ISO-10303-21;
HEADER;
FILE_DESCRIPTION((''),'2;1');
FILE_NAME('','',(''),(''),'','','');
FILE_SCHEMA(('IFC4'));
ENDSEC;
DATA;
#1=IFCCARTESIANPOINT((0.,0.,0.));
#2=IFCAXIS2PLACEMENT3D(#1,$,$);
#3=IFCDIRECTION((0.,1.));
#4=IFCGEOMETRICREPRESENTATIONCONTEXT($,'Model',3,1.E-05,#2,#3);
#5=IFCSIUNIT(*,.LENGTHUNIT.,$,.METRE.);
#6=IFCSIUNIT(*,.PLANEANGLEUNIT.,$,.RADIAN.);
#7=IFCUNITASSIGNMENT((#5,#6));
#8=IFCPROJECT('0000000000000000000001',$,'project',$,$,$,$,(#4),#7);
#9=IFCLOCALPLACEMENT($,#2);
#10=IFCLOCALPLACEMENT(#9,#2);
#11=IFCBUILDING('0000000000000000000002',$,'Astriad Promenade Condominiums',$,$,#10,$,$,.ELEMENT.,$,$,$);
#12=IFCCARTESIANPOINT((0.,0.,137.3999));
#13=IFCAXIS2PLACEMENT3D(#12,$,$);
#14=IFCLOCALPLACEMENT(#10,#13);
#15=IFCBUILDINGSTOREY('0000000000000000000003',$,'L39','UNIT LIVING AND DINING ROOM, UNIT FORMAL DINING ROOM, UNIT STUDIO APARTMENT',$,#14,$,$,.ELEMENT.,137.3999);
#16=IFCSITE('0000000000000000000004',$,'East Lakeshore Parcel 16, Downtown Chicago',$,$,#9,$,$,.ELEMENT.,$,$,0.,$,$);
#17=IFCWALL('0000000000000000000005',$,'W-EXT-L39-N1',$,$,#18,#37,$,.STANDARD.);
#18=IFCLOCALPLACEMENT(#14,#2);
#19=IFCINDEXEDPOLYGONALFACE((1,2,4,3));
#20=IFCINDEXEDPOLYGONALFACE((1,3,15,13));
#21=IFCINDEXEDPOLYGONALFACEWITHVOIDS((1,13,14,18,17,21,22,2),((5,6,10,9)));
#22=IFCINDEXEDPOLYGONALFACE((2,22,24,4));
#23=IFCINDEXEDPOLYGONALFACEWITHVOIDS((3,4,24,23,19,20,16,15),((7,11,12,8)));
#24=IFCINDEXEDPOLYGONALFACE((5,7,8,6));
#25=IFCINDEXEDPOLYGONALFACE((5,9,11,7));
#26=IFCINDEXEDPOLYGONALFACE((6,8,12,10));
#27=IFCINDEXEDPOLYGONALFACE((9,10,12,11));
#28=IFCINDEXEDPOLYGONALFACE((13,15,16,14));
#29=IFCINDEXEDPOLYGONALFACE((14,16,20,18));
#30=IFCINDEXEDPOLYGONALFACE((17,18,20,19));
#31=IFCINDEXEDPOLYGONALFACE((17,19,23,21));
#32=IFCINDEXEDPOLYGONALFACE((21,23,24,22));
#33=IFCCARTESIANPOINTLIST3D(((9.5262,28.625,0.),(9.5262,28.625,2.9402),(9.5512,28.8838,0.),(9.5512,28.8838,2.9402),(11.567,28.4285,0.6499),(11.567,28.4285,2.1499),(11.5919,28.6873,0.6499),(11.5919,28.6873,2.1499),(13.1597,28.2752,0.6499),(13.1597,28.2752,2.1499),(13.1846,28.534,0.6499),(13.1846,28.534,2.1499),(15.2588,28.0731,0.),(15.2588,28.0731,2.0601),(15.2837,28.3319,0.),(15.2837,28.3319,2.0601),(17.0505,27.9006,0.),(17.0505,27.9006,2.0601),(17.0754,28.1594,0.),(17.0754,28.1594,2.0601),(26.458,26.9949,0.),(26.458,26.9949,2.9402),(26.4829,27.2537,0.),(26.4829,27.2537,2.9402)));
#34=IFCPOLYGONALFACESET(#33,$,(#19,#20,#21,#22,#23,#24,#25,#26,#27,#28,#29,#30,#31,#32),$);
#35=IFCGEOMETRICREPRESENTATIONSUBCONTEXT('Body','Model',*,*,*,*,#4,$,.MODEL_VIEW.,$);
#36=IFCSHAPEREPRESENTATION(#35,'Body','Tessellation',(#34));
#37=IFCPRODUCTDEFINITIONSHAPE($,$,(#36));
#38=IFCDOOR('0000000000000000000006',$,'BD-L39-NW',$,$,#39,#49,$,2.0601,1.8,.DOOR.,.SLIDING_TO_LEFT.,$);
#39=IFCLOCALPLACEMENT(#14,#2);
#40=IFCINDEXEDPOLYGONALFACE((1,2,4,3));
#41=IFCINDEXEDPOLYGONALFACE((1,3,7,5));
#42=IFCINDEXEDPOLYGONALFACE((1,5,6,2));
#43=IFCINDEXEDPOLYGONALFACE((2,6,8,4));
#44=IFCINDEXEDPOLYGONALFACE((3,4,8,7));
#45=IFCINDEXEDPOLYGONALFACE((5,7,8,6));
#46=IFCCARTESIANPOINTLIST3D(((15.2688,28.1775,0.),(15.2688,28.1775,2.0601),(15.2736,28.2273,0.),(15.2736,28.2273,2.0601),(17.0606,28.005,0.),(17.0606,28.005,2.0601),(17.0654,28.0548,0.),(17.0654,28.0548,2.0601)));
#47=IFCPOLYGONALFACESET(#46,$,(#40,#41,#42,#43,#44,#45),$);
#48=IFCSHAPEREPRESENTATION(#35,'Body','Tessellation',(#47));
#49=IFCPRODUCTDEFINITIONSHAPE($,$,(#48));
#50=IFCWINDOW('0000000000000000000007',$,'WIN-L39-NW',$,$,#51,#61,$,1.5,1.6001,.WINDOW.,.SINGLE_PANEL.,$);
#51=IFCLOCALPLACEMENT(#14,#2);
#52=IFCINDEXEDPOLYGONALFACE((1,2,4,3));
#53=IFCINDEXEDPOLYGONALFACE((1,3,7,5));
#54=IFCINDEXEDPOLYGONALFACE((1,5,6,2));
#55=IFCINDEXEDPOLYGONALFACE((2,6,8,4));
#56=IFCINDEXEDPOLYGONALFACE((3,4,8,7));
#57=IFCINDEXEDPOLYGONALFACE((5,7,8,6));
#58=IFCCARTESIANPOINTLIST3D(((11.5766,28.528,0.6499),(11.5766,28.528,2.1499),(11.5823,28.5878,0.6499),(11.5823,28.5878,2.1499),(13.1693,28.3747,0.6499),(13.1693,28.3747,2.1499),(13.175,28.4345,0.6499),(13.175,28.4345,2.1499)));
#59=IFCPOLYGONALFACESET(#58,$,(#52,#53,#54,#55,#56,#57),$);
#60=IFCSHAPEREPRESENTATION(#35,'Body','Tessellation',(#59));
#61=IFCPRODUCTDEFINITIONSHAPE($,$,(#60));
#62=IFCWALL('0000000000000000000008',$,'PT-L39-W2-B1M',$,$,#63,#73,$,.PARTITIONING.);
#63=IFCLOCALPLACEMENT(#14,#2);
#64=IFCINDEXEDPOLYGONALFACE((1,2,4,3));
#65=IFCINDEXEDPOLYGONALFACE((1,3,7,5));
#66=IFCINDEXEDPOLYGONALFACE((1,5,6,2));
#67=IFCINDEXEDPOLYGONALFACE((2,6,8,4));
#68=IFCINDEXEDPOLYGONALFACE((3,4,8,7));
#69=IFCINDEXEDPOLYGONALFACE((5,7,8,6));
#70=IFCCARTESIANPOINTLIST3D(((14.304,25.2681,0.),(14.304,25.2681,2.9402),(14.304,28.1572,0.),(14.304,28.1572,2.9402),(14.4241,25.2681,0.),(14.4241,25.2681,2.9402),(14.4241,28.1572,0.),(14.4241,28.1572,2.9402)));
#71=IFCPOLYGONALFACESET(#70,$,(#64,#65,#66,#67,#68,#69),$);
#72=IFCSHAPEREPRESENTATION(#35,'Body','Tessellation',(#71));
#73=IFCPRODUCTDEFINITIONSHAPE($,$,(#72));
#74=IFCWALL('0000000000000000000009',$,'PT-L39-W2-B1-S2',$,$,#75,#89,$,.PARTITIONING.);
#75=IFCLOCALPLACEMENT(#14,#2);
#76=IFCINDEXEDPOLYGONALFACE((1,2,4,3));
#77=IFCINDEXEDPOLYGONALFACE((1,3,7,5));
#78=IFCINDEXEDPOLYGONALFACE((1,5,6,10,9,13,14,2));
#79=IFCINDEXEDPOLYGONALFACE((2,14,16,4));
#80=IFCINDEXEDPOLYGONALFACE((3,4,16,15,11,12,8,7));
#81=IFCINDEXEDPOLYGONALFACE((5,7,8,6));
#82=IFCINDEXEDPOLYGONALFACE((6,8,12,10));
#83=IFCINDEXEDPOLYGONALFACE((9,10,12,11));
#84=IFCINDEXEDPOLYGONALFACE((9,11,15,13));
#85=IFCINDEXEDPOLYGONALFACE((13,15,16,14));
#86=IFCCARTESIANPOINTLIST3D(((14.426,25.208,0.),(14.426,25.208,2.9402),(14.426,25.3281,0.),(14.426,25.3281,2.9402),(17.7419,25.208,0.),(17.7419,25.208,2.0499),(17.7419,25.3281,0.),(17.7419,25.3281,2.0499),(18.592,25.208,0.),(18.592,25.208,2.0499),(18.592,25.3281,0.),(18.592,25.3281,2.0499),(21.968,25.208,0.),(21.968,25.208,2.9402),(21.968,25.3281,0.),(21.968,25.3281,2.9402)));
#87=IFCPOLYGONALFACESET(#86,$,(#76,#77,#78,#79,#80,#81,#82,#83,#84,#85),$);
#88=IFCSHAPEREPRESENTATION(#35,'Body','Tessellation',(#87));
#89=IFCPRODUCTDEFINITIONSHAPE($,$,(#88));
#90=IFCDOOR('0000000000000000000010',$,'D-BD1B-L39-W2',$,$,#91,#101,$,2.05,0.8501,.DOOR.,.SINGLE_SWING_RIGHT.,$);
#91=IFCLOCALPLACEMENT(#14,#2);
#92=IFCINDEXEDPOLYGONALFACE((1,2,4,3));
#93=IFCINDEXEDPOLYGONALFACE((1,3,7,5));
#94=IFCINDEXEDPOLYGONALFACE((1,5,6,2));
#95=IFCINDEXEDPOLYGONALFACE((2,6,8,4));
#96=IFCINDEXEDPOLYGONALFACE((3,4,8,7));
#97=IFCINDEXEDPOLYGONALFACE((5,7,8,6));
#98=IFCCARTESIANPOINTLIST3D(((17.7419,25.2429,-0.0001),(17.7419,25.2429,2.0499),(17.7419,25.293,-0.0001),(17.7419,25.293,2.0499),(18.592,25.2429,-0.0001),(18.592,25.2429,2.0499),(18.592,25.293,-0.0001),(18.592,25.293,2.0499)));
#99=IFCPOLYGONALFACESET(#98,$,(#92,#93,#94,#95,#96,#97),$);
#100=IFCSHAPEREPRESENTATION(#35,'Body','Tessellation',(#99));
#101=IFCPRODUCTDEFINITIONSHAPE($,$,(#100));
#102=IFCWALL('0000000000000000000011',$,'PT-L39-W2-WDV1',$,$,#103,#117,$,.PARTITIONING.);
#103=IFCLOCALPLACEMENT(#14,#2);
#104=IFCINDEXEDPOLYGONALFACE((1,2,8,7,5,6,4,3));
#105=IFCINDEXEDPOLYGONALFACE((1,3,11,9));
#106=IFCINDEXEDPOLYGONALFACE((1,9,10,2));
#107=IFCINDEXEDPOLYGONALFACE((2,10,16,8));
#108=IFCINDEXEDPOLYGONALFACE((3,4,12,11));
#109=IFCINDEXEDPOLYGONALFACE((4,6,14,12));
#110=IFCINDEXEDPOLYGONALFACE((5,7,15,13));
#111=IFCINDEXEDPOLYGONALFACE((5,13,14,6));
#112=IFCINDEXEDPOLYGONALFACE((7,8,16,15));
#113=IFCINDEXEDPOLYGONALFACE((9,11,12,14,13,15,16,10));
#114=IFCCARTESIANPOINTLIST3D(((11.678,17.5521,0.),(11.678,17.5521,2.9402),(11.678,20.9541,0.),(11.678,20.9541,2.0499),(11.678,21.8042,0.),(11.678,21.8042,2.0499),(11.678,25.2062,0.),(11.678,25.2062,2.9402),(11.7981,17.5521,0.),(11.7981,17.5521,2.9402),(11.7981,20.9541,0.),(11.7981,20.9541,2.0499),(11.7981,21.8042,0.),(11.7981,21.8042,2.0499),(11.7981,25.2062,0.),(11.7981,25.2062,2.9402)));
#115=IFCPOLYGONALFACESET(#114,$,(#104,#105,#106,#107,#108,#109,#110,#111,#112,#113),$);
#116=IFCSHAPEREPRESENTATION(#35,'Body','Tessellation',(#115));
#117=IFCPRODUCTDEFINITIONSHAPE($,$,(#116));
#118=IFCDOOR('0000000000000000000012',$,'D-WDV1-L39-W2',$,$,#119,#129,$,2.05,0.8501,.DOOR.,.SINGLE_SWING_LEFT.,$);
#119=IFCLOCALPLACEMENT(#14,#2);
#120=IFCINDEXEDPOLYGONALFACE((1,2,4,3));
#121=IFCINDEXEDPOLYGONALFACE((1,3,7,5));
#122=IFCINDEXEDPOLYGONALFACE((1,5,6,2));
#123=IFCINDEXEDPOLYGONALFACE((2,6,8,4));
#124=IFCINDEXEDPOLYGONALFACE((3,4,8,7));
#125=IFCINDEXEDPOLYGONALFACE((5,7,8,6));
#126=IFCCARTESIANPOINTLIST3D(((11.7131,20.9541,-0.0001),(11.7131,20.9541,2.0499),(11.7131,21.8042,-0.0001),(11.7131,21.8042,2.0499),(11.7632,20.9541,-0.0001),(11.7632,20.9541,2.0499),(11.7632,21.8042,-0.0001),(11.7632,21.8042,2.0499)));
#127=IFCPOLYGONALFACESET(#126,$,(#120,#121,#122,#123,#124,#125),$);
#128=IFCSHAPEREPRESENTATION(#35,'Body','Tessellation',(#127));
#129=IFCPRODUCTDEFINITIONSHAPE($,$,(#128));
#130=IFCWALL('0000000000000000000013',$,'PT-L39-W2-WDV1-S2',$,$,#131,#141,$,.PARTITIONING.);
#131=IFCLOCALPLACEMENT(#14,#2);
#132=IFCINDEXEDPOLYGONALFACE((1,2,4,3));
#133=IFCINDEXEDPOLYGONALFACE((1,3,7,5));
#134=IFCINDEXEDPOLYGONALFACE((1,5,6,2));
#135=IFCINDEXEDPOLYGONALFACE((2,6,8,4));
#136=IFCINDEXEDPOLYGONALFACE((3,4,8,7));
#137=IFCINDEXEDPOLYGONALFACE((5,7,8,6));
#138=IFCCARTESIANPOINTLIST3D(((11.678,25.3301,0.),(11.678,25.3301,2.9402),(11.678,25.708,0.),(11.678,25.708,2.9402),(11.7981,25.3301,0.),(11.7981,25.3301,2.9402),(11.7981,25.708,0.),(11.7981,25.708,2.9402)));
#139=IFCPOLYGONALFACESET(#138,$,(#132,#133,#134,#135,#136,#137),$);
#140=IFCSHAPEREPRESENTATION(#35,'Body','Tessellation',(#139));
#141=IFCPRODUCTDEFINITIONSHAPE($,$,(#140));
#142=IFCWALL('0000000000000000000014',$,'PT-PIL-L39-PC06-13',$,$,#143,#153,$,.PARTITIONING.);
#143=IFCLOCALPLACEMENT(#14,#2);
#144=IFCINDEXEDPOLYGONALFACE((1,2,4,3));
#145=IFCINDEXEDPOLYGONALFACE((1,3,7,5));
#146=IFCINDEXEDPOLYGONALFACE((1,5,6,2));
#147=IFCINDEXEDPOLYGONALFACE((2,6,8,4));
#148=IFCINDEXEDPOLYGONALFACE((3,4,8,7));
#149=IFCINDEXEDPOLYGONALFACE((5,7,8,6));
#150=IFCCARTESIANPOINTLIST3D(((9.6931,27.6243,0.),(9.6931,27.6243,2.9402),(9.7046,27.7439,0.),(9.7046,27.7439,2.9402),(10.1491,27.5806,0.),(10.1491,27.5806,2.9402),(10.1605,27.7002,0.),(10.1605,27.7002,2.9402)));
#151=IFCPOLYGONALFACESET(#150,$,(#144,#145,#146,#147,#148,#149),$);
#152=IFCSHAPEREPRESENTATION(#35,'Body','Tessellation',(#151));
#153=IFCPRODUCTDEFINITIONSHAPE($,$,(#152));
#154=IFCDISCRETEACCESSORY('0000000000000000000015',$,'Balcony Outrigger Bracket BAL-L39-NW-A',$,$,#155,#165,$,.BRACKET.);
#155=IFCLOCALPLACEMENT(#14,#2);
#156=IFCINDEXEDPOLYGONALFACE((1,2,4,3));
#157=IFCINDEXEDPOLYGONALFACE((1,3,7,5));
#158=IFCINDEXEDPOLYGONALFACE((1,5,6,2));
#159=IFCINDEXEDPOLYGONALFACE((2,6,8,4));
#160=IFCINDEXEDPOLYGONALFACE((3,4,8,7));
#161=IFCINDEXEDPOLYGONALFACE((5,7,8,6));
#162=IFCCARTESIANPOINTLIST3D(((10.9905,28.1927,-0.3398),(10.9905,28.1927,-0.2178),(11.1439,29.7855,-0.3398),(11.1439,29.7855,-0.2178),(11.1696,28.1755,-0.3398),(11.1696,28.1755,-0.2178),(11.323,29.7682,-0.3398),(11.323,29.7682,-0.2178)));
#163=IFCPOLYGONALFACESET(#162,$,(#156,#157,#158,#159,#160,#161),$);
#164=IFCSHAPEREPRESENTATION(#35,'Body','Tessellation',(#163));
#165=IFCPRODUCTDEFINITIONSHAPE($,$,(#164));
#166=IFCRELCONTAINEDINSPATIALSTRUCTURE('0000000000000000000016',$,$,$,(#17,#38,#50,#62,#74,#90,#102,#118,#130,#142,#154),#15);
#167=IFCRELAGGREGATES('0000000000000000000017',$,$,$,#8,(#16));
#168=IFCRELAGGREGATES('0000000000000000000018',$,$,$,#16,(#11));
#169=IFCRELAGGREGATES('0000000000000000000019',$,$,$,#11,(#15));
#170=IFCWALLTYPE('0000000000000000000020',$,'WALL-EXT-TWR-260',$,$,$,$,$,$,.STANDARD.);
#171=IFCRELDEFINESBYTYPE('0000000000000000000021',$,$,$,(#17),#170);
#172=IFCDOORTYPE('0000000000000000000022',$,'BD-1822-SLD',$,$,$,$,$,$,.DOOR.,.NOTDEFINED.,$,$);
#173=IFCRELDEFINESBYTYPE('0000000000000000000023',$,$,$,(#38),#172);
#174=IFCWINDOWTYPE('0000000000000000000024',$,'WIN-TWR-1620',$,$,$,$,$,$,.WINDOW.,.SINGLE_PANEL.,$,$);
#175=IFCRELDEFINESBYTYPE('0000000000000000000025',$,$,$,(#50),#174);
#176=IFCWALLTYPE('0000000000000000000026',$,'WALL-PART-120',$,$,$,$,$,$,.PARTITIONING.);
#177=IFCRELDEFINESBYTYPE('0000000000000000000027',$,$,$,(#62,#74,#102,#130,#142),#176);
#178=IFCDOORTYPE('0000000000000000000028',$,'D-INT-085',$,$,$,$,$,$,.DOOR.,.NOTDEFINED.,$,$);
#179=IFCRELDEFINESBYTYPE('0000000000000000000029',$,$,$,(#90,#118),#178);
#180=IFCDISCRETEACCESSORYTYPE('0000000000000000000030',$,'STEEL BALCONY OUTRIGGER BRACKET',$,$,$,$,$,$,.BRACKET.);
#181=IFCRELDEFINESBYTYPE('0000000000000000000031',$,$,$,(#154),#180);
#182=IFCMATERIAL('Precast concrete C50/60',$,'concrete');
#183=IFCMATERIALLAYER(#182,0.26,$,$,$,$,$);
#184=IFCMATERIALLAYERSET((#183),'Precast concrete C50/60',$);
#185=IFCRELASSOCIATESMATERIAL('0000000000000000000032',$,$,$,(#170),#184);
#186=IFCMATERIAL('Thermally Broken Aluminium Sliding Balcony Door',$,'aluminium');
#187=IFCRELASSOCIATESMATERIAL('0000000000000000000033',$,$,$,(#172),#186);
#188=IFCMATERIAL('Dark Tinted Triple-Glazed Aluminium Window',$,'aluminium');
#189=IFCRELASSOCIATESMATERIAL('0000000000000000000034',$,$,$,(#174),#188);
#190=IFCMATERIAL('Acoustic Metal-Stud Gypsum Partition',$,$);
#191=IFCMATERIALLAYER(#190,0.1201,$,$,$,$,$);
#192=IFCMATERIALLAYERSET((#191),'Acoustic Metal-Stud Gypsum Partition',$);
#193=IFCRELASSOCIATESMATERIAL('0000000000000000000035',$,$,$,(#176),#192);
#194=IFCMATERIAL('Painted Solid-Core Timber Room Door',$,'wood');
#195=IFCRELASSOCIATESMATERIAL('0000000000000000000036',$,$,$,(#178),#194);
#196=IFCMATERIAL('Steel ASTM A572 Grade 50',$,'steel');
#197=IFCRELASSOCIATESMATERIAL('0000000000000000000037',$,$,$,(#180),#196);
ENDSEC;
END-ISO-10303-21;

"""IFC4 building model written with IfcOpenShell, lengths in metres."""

from ifc_helpers import new_model, si_unit, direction, frame, frame_2d, origin, origin_2d, place, context, subcontext, project, spatial, rectangle, extrude, source, transform, mapped, material, layer, layer_set, type_object, type_shapes, element, fill, save


model = new_model("IFC4")

# Units and contexts
model_context = context("Model", 3, precision=1e-05, world=origin(), true_north=direction((0.0, 1.0)))
body_context = subcontext(model_context, "Body", "Model", "MODEL_VIEW")
ifc_project = project(units=[si_unit("LENGTHUNIT", "METRE"), si_unit("PLANEANGLEUNIT", "RADIAN")], contexts=[model_context])

# Site, building, storey
site_placement = place(None, origin())
site = spatial("IfcSite", under=ifc_project, at=site_placement, Name="East Lakeshore Parcel 16, Downtown Chicago", CompositionType="ELEMENT", RefElevation=0.0)
building_placement = place(site_placement, origin())
building = spatial("IfcBuilding", under=site, at=building_placement, Name="Astriad Promenade Condominiums", CompositionType="ELEMENT")
storey_placement = place(building_placement, frame((0.0, 0.0, 137.3999)))
storey = spatial("IfcBuildingStorey", under=building, at=storey_placement, Name="L39", Description="UNIT LIVING AND DINING ROOM, UNIT FORMAL DINING ROOM, UNIT STUDIO APARTMENT", CompositionType="ELEMENT", Elevation=137.3999)

# Shared definitions
ifc_material_1 = material(Name="Precast concrete C50/60", Category="concrete")
ifc_layer_1 = layer(ifc_material_1, 0.26)
ifc_layer_set_1 = layer_set([ifc_layer_1], Name="Precast concrete C50/60")
wall_type_1 = type_object("IfcWallType", Name="WALL-EXT-TWR-260", PredefinedType="STANDARD", material=ifc_layer_set_1)

# Wall, openings, door, window
wall_1_placement = place(storey_placement, frame((9.5388, 28.7544, 0.0), z_axis=(0.0, 0.0, 1.0), x_axis=(0.995397, -0.095834, 0.0)))
wall_1 = element("IfcWall", 1, at=wall_1_placement, inside=storey, type_object=wall_type_1, Name="W-EXT-L39-N1", PredefinedType="STANDARD", context=body_context, shape_type="SweptSolid", body=[
    extrude(rectangle(XDim=17.01, YDim=0.26, at=frame_2d((8.5049, 0.0))), origin(), (0.0, 0.0, 1.0), 2.9402),
])
opening_1_placement = place(wall_1_placement, frame((5.759, 0.0, 0.0)))
opening_1 = element("IfcOpeningElement", 2, at=opening_1_placement, cuts=wall_1, PredefinedType="OPENING", context=body_context, shape_type="SweptSolid", body=[
    extrude(rectangle(XDim=1.8, YDim=2.0601, at=frame_2d((0.8999, 1.03))), frame((0.0, 0.1399, 0.0), z_axis=(0.0, -1.0, 0.0), x_axis=(1.0, 0.0, 0.0)), (0.0, 0.0, 1.0), 0.28),
])
opening_2_placement = place(wall_1_placement, frame((2.05, 0.0, 0.6499)))
opening_2 = element("IfcOpeningElement", 3, at=opening_2_placement, cuts=wall_1, PredefinedType="OPENING", context=body_context, shape_type="SweptSolid", body=[
    extrude(rectangle(XDim=1.6001, YDim=1.5, at=frame_2d((0.8, 0.75))), frame((0.0, 0.1399, 0.0), z_axis=(0.0, -1.0, 0.0), x_axis=(1.0, 0.0, 0.0)), (0.0, 0.0, 1.0), 0.28),
])
ifc_material_2 = material(Name="Thermally Broken Aluminium Sliding Balcony Door", Category="aluminium")
door_type_1 = type_object("IfcDoorType", Name="BD-1822-SLD", OperationType="NOTDEFINED", PredefinedType="DOOR", material=ifc_material_2)
shared_shape_1 = source(origin(), body_context, "Body", "SweptSolid", [
    extrude(rectangle(XDim=1.8, YDim=2.0601, at=frame_2d((0.8999, 1.03))), frame((0.0, 0.0249, 0.0), z_axis=(0.0, -1.0, 0.0), x_axis=(1.0, 0.0, 0.0)), (0.0, 0.0, 1.0), 0.05),
])
type_shapes(door_type_1, [shared_shape_1])
door_1_placement = place(opening_1_placement, origin())
door_1 = element("IfcDoor", 4, at=door_1_placement, inside=storey, type_object=door_type_1, Name="BD-L39-NW", OperationType="SLIDING_TO_LEFT", OverallHeight=2.0601, OverallWidth=1.8, PredefinedType="DOOR", context=body_context, shape_type="MappedRepresentation", body=[
    mapped(shared_shape_1, transform((0.0, 0.0, 0.0), scale=1.0)),
])
fill(opening_1, door_1)
ifc_material_3 = material(Name="Dark Tinted Triple-Glazed Aluminium Window", Category="aluminium")
window_type = type_object("IfcWindowType", Name="WIN-TWR-1620", PartitioningType="SINGLE_PANEL", PredefinedType="WINDOW", material=ifc_material_3)
shared_shape_2 = source(origin(), body_context, "Body", "SweptSolid", [
    extrude(rectangle(XDim=1.6001, YDim=1.5, at=frame_2d((0.8, 0.75))), frame((0.0, 0.03, 0.0), z_axis=(0.0, -1.0, 0.0), x_axis=(1.0, 0.0, 0.0)), (0.0, 0.0, 1.0), 0.0601),
])
type_shapes(window_type, [shared_shape_2])
window_placement = place(opening_2_placement, origin())
window = element("IfcWindow", 5, at=window_placement, inside=storey, type_object=window_type, Name="WIN-L39-NW", OverallHeight=1.5, OverallWidth=1.6001, PartitioningType="SINGLE_PANEL", PredefinedType="WINDOW", context=body_context, shape_type="MappedRepresentation", body=[
    mapped(shared_shape_2, transform((0.0, 0.0, 0.0), scale=1.0)),
])
fill(opening_2, window)

# Wall
ifc_material_4 = material(Name="Acoustic Metal-Stud Gypsum Partition")
ifc_layer_2 = layer(ifc_material_4, 0.1201)
ifc_layer_set_2 = layer_set([ifc_layer_2], Name="Acoustic Metal-Stud Gypsum Partition")
wall_type_2 = type_object("IfcWallType", Name="WALL-PART-120", PredefinedType="PARTITIONING", material=ifc_layer_set_2)
wall_2_placement = place(storey_placement, frame((14.364, 25.2681, 0.0), z_axis=(0.0, 0.0, 1.0), x_axis=(0.0, 1.0, 0.0)))
element("IfcWall", 6, at=wall_2_placement, inside=storey, type_object=wall_type_2, Name="PT-L39-W2-B1M", PredefinedType="PARTITIONING", context=body_context, shape_type="SweptSolid", body=[
    extrude(rectangle(XDim=2.8892, YDim=0.1201, at=frame_2d((1.4446, 0.0))), origin(), (0.0, 0.0, 1.0), 2.9402),
])

# Walls, openings, doors
wall_3_placement = place(storey_placement, frame((14.426, 25.2681, 0.0), z_axis=(0.0, 0.0, 1.0), x_axis=(1.0, 0.0, 0.0)))
wall_3 = element("IfcWall", 7, at=wall_3_placement, inside=storey, type_object=wall_type_2, Name="PT-L39-W2-B1-S2", PredefinedType="PARTITIONING", context=body_context, shape_type="SweptSolid", body=[
    extrude(rectangle(XDim=7.542, YDim=0.1201, at=frame_2d((3.771, 0.0))), origin(), (0.0, 0.0, 1.0), 2.9402),
])
opening_3_placement = place(wall_3_placement, frame((3.3159, 0.0, 0.0)))
opening_3 = element("IfcOpeningElement", 8, at=opening_3_placement, cuts=wall_3, PredefinedType="OPENING", context=body_context, shape_type="SweptSolid", body=[
    extrude(rectangle(XDim=0.8501, YDim=2.05, at=frame_2d((0.425, 1.0249))), frame((0.0, 0.0701, 0.0), z_axis=(0.0, -1.0, 0.0), x_axis=(1.0, 0.0, 0.0)), (0.0, 0.0, 1.0), 0.1401),
])
ifc_material_5 = material(Name="Painted Solid-Core Timber Room Door", Category="wood")
door_type_2 = type_object("IfcDoorType", Name="D-INT-085", OperationType="NOTDEFINED", PredefinedType="DOOR", material=ifc_material_5)
shared_shape_3 = source(origin(), body_context, "Body", "SweptSolid", [
    extrude(rectangle(XDim=0.8501, YDim=2.05, at=frame_2d((0.425, 1.0249))), frame((0.0, 0.0249, 0.0), z_axis=(0.0, -1.0, 0.0), x_axis=(1.0, 0.0, 0.0)), (0.0, 0.0, 1.0), 0.05),
])
type_shapes(door_type_2, [shared_shape_3])
door_2_placement = place(opening_3_placement, origin())
door_2 = element("IfcDoor", 9, at=door_2_placement, inside=storey, type_object=door_type_2, Name="D-BD1B-L39-W2", OperationType="SINGLE_SWING_RIGHT", OverallHeight=2.05, OverallWidth=0.8501, PredefinedType="DOOR", context=body_context, shape_type="MappedRepresentation", body=[
    mapped(shared_shape_3, transform((0.0, 0.0, 0.0), scale=1.0)),
])
fill(opening_3, door_2)
wall_4_placement = place(storey_placement, frame((11.738, 17.552, 0.0), z_axis=(0.0, 0.0, 1.0), x_axis=(0.0, 1.0, 0.0)))
wall_4 = element("IfcWall", 10, at=wall_4_placement, inside=storey, type_object=wall_type_2, Name="PT-L39-W2-WDV1", PredefinedType="PARTITIONING", context=body_context, shape_type="SweptSolid", body=[
    extrude(rectangle(XDim=7.6541, YDim=0.1201, at=frame_2d((3.8271, 0.0))), origin(), (0.0, 0.0, 1.0), 2.9402),
])
opening_4_placement = place(wall_4_placement, frame((3.4021, 0.0, 0.0)))
opening_4 = element("IfcOpeningElement", 11, at=opening_4_placement, cuts=wall_4, PredefinedType="OPENING", context=body_context, shape_type="SweptSolid", body=[
    extrude(rectangle(XDim=0.8501, YDim=2.05, at=frame_2d((0.425, 1.0249))), frame((0.0, 0.0701, 0.0), z_axis=(0.0, -1.0, 0.0), x_axis=(1.0, 0.0, 0.0)), (0.0, 0.0, 1.0), 0.1401),
])
door_3_placement = place(opening_4_placement, origin())
door_3 = element("IfcDoor", 12, at=door_3_placement, inside=storey, type_object=door_type_2, Name="D-WDV1-L39-W2", OperationType="SINGLE_SWING_LEFT", OverallHeight=2.05, OverallWidth=0.8501, PredefinedType="DOOR", context=body_context, shape_type="MappedRepresentation", body=[
    mapped(shared_shape_3, transform((0.0, 0.0, 0.0), scale=1.0)),
])
fill(opening_4, door_3)

# Walls
wall_5_placement = place(storey_placement, frame((11.738, 25.3301, 0.0), z_axis=(0.0, 0.0, 1.0), x_axis=(0.0, 1.0, 0.0)))
element("IfcWall", 13, at=wall_5_placement, inside=storey, type_object=wall_type_2, Name="PT-L39-W2-WDV1-S2", PredefinedType="PARTITIONING", context=body_context, shape_type="SweptSolid", body=[
    extrude(rectangle(XDim=0.3779, YDim=0.1201, at=frame_2d((0.189, 0.0))), origin(), (0.0, 0.0, 1.0), 2.9402),
])
wall_6_placement = place(storey_placement, frame((10.1548, 27.6404, 0.0), z_axis=(0.0, 0.0, 1.0), x_axis=(-0.995435, 0.095438, 0.0)))
element("IfcWall", 14, at=wall_6_placement, inside=storey, type_object=wall_type_2, Name="PT-PIL-L39-PC06-13", PredefinedType="PARTITIONING", context=body_context, shape_type="SweptSolid", body=[
    extrude(rectangle(XDim=0.458, YDim=0.1201, at=frame_2d((0.229, 0.0))), origin(), (0.0, 0.0, 1.0), 2.9402),
])

# Discrete accessory
ifc_material_6 = material(Name="Steel ASTM A572 Grade 50", Category="steel")
discrete_accessory_type = type_object("IfcDiscreteAccessoryType", Name="STEEL BALCONY OUTRIGGER BRACKET", PredefinedType="BRACKET", material=ifc_material_6)
shared_shape_4 = source(origin(), body_context, "Body", "SweptSolid", [
    extrude(rectangle(XDim=1.6001, YDim=0.1799, at=origin_2d()), origin(), (0.0, 0.0, 1.0), 0.1221),
])
type_shapes(discrete_accessory_type, [shared_shape_4])
discrete_accessory_placement = place(storey_placement, frame((11.1567, 28.9805, -0.3398), z_axis=(0.0, 0.0, 1.0), x_axis=(0.095846, 0.995396, 0.0)))
element("IfcDiscreteAccessory", 15, at=discrete_accessory_placement, inside=storey, type_object=discrete_accessory_type, Name="Balcony Outrigger Bracket BAL-L39-NW-A", PredefinedType="BRACKET", context=body_context, shape_type="MappedRepresentation", body=[
    mapped(shared_shape_4, transform((0.0, 0.0, 0.0), scale=1.0)),
])

save(model, "model.ifc")
